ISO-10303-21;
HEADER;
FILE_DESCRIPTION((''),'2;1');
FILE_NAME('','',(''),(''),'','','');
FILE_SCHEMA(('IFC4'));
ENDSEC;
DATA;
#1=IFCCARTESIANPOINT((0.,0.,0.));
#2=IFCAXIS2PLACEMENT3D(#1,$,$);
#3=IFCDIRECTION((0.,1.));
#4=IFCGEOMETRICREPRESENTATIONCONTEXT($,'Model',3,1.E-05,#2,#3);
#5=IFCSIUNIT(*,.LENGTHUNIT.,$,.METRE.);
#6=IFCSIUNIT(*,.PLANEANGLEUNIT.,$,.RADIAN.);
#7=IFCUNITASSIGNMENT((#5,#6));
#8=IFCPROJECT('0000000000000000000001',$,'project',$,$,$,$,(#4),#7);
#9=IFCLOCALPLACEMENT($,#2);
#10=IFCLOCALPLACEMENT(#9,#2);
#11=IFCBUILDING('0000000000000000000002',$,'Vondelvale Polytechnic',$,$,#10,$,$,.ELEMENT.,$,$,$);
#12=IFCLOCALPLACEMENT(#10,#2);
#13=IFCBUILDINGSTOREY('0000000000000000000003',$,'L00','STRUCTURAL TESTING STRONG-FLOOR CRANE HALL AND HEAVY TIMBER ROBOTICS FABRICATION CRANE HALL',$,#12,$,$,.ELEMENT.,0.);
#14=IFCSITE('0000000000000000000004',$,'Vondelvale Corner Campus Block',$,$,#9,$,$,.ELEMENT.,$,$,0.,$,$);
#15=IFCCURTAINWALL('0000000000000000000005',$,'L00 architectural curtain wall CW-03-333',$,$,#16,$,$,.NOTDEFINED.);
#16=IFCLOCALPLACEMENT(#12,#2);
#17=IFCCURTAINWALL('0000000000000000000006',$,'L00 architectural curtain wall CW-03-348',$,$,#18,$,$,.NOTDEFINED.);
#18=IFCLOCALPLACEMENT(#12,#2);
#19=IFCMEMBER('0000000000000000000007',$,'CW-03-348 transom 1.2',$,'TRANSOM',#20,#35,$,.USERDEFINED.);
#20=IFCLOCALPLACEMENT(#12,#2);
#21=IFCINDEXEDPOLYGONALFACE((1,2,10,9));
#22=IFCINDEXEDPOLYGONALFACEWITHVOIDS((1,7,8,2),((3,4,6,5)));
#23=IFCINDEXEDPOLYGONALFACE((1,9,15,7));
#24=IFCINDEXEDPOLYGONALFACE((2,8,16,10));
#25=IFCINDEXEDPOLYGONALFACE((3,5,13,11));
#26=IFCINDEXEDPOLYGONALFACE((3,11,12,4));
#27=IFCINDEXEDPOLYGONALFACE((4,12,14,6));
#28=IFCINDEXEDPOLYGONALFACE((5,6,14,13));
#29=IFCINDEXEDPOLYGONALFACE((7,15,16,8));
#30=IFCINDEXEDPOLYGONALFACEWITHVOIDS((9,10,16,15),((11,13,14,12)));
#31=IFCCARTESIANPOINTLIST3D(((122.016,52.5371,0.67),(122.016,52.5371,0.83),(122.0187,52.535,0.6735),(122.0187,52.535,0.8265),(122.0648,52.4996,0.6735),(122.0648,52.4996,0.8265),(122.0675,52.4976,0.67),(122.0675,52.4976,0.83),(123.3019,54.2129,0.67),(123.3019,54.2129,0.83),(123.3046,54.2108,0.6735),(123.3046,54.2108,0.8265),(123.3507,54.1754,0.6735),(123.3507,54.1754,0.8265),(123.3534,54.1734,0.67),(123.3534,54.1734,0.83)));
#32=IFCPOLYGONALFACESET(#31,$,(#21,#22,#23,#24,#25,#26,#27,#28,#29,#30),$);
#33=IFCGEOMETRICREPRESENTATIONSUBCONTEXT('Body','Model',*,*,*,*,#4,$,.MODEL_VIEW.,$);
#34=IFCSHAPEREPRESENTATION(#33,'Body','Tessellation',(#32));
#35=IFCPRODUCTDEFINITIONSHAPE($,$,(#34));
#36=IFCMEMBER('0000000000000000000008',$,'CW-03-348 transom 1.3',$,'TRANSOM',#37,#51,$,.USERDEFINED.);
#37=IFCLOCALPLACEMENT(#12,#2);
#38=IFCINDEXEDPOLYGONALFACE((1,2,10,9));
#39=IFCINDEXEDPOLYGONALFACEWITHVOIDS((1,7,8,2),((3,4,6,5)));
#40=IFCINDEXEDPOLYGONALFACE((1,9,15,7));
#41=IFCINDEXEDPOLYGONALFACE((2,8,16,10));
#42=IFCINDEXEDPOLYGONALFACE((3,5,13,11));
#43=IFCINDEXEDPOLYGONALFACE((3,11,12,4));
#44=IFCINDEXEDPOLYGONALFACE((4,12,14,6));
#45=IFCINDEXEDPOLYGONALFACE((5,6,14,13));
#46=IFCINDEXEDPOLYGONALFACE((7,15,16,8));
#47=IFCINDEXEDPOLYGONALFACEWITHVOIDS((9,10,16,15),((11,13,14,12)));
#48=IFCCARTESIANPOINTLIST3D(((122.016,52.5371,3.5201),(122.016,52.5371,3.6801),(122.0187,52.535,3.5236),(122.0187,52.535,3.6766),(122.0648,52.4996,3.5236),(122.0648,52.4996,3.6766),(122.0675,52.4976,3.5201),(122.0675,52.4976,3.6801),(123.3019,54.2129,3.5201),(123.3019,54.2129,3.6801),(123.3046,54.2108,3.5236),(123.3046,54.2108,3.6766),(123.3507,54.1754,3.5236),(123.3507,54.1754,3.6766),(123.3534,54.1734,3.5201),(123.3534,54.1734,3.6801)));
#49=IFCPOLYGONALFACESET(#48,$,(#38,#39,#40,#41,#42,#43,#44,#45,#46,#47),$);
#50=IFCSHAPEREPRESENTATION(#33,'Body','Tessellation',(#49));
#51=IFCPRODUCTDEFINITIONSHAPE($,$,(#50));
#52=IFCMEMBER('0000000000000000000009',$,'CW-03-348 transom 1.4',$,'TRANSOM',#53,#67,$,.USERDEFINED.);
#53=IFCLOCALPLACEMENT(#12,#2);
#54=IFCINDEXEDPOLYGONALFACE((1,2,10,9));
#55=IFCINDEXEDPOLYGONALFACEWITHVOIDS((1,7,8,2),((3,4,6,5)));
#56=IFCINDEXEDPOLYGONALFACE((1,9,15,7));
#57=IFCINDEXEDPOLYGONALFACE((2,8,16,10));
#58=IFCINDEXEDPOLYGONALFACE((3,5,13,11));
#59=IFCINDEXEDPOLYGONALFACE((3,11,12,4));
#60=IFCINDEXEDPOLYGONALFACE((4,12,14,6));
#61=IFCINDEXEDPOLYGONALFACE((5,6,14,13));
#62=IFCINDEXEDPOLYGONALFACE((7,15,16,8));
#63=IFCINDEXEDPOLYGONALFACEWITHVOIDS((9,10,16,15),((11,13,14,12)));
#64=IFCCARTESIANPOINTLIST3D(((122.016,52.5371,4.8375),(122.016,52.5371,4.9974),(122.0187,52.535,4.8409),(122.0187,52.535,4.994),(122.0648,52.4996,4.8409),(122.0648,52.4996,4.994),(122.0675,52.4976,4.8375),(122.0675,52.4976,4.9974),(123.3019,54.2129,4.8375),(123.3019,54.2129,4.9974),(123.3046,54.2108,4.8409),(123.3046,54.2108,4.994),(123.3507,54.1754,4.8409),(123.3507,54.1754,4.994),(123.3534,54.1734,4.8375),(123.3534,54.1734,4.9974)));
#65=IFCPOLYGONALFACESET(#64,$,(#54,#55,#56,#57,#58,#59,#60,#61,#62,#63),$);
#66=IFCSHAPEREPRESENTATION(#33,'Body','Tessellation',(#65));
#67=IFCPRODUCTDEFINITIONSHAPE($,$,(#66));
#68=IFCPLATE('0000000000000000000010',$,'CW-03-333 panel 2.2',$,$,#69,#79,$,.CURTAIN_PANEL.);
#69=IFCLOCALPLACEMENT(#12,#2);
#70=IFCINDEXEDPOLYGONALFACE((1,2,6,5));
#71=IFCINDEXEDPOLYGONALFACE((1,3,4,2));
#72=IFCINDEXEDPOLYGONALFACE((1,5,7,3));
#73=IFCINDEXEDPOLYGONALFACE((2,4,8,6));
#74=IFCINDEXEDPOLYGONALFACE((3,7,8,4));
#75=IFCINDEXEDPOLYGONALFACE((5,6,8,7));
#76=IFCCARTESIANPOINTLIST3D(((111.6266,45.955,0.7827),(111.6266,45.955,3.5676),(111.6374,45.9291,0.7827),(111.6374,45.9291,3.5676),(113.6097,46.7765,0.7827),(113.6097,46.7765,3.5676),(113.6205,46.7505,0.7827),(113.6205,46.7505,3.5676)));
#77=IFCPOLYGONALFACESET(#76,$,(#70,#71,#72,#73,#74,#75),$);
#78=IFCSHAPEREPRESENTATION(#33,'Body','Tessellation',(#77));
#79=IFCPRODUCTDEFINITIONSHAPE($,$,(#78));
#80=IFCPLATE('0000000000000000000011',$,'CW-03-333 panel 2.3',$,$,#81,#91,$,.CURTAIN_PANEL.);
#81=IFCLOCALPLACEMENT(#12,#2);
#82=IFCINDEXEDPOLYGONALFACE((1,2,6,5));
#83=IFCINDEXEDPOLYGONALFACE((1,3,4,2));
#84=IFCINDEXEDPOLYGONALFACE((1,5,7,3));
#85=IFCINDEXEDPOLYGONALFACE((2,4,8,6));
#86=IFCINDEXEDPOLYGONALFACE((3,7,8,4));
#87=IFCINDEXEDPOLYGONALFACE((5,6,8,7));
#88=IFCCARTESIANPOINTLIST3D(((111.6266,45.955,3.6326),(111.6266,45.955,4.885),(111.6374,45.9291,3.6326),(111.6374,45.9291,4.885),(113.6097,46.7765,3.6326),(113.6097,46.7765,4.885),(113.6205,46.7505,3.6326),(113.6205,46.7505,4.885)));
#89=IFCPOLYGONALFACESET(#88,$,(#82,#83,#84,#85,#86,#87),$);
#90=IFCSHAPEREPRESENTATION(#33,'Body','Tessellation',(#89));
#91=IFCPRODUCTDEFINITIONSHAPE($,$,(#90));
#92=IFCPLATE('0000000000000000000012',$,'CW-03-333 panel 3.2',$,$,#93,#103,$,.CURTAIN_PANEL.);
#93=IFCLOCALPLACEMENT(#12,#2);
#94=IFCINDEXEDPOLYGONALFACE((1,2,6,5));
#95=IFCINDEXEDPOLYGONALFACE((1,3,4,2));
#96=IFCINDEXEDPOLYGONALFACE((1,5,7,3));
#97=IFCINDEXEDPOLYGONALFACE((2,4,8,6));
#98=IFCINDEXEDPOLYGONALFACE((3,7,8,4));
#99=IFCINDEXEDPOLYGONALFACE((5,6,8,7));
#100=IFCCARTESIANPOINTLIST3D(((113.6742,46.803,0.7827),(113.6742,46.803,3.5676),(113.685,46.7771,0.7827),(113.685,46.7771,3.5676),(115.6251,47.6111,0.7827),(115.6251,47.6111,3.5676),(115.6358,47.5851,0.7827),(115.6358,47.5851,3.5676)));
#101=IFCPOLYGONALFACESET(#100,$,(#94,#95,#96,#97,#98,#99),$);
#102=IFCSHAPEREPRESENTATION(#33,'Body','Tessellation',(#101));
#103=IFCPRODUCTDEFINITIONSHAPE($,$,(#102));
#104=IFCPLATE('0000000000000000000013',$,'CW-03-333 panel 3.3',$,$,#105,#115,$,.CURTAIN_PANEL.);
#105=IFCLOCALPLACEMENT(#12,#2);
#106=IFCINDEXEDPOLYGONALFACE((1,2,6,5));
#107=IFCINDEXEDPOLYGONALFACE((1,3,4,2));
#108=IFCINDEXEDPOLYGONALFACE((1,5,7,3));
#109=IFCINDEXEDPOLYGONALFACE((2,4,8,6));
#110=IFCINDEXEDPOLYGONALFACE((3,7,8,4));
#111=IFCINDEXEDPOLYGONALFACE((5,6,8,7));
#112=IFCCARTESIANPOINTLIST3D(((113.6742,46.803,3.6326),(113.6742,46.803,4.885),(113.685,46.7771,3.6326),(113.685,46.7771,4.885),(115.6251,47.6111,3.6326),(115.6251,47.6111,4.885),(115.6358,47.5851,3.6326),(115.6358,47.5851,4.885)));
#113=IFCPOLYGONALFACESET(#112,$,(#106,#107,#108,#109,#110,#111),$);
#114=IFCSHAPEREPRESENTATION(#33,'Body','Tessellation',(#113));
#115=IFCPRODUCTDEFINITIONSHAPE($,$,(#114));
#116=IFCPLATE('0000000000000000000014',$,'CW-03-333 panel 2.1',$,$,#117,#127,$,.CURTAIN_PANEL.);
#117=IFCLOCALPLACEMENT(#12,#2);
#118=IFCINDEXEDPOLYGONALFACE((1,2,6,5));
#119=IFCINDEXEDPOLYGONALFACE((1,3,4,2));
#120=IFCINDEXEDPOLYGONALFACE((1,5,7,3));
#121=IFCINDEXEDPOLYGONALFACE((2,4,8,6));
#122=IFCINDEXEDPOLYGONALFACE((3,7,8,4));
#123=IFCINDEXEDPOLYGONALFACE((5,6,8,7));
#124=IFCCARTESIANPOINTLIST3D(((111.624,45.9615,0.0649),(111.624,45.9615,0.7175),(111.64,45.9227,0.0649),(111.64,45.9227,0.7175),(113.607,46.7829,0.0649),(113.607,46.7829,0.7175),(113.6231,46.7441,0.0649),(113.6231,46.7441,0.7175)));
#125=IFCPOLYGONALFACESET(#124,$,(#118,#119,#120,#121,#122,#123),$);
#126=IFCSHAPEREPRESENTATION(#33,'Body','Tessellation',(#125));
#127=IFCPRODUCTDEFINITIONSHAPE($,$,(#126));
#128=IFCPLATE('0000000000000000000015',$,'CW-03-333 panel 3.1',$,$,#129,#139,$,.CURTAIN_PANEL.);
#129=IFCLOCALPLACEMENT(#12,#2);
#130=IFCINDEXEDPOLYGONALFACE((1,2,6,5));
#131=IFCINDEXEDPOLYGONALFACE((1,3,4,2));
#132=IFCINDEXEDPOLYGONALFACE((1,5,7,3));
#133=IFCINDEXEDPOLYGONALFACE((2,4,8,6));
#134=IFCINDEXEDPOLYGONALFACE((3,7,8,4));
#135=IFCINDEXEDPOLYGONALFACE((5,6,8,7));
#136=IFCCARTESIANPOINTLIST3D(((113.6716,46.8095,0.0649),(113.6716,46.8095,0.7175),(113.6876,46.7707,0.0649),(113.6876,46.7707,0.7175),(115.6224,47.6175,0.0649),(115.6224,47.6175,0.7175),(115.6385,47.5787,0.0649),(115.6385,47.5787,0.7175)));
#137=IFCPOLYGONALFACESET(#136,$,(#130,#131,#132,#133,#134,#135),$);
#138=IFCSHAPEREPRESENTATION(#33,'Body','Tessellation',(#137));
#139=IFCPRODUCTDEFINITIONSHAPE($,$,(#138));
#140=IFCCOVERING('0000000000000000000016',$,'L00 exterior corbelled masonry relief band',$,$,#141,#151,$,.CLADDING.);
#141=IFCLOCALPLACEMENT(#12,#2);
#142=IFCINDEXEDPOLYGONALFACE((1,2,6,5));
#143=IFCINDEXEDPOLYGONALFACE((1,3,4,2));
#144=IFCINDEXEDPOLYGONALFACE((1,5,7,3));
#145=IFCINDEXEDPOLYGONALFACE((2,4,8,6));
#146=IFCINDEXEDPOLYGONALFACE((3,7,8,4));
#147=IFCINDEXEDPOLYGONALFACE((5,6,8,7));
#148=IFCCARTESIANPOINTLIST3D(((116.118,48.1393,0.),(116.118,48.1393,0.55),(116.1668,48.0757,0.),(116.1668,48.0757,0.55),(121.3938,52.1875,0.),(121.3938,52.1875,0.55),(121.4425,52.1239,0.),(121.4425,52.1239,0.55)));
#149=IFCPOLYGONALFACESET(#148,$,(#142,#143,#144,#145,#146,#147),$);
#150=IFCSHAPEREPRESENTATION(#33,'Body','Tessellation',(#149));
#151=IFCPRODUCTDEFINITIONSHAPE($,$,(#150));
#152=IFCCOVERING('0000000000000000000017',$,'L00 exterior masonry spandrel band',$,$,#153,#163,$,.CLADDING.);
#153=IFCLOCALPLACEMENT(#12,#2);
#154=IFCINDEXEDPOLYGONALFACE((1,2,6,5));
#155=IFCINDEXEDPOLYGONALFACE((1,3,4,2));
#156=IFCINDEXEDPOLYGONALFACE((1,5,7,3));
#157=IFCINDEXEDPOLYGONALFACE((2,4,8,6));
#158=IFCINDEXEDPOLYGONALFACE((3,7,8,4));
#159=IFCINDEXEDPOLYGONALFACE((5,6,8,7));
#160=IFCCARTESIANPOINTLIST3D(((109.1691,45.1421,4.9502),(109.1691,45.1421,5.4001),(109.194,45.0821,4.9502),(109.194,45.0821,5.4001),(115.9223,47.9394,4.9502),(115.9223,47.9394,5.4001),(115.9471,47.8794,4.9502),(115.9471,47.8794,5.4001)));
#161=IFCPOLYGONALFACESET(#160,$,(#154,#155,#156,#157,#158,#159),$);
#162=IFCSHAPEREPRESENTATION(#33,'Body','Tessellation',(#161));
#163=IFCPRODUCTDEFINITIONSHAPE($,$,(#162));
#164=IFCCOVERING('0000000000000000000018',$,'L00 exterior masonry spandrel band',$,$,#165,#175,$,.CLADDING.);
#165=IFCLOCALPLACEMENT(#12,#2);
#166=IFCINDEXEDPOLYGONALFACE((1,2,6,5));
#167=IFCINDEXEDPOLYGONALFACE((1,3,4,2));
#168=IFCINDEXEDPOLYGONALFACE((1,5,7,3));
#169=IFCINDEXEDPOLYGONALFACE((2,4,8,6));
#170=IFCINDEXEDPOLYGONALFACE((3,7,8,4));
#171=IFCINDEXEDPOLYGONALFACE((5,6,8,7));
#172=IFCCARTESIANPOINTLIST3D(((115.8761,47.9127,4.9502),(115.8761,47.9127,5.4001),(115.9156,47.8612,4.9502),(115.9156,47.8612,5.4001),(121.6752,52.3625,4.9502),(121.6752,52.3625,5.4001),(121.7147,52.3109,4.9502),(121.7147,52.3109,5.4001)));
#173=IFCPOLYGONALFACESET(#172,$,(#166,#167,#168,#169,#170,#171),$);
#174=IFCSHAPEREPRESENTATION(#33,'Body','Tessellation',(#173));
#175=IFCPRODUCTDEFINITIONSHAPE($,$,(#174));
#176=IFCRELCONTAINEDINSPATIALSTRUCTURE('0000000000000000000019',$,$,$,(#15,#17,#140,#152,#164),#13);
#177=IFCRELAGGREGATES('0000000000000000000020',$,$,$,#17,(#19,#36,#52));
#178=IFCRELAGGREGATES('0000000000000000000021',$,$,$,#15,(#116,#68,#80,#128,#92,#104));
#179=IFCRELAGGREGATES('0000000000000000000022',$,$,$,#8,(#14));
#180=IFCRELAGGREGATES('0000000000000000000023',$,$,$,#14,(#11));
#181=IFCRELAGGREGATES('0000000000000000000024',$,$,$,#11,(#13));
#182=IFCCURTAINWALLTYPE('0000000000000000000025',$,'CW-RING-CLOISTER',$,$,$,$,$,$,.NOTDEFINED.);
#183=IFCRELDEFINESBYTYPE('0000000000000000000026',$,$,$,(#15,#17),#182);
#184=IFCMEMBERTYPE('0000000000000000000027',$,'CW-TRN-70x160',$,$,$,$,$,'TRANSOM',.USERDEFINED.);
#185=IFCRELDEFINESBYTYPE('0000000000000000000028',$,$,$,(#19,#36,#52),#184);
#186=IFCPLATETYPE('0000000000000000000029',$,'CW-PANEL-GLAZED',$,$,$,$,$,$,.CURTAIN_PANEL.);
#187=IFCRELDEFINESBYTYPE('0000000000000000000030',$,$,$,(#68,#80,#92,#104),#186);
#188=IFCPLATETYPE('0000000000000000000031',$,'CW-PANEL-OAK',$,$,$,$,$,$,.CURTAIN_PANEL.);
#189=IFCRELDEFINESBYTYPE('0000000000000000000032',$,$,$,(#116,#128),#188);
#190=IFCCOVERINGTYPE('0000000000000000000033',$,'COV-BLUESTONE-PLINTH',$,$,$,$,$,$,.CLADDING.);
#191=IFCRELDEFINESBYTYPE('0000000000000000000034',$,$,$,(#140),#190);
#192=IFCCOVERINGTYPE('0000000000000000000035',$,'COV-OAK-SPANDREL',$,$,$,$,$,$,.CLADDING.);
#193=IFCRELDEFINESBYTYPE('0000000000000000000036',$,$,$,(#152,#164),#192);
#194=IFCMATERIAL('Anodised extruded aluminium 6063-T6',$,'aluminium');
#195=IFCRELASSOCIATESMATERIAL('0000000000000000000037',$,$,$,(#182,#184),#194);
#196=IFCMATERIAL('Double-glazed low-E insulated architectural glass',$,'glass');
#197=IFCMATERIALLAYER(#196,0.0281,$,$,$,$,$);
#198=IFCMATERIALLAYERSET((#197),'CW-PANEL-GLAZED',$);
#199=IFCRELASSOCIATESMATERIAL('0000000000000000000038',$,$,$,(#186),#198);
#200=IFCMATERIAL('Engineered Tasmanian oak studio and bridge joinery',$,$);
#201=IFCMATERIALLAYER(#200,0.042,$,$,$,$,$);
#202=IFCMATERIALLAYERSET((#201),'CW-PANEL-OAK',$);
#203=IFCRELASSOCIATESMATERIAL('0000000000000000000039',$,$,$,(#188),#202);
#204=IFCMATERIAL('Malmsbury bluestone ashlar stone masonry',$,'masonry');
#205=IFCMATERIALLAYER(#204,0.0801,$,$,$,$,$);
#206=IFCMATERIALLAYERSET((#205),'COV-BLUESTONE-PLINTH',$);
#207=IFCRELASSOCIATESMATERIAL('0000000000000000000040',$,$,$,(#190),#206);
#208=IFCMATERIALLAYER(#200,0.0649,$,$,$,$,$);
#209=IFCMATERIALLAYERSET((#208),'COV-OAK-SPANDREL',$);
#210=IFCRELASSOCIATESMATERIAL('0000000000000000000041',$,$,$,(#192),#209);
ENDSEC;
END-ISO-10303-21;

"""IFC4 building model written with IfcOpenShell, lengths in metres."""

from ifc_helpers import new_model, si_unit, direction, frame, origin, origin_2d, place, context, subcontext, project, spatial, rectangle, hollow_rectangle, extrude, material, layer, layer_set, material_profile, profile_set, type_object, element, aggregate, save


model = new_model("IFC4")

# Units and contexts
model_context = context("Model", 3, precision=1e-05, world=origin(), true_north=direction((0.0, 1.0)))
body_context = subcontext(model_context, "Body", "Model", "MODEL_VIEW")
ifc_project = project(units=[si_unit("LENGTHUNIT", "METRE"), si_unit("PLANEANGLEUNIT", "RADIAN")], contexts=[model_context])

# Site, building, storey
site_placement = place(None, origin())
site = spatial("IfcSite", under=ifc_project, at=site_placement, Name="Vondelvale Corner Campus Block", CompositionType="ELEMENT", RefElevation=0.0)
building_placement = place(site_placement, origin())
building = spatial("IfcBuilding", under=site, at=building_placement, Name="Vondelvale Polytechnic", CompositionType="ELEMENT")
storey_placement = place(building_placement, origin())
storey = spatial("IfcBuildingStorey", under=building, at=storey_placement, Name="L00", Description="STRUCTURAL TESTING STRONG-FLOOR CRANE HALL AND HEAVY TIMBER ROBOTICS FABRICATION CRANE HALL", CompositionType="ELEMENT", Elevation=0.0)

# Curtain wall
ifc_material_1 = material(Name="Anodised extruded aluminium 6063-T6", Category="aluminium")
curtain_wall_type = type_object("IfcCurtainWallType", Name="CW-RING-CLOISTER", PredefinedType="NOTDEFINED", material=ifc_material_1)
curtain_wall_1_placement = place(storey_placement, origin())
curtain_wall_1 = element("IfcCurtainWall", 1, at=curtain_wall_1_placement, inside=storey, type_object=curtain_wall_type, Name="L00 architectural curtain wall CW-03-333", PredefinedType="NOTDEFINED")

# Curtain wall
curtain_wall_2_placement = place(storey_placement, origin())
curtain_wall_2 = element("IfcCurtainWall", 2, at=curtain_wall_2_placement, inside=storey, type_object=curtain_wall_type, Name="L00 architectural curtain wall CW-03-348", PredefinedType="NOTDEFINED")

# Members
ifc_material_profile_1 = material_profile(ifc_material_1, hollow_rectangle(XDim=0.0649, YDim=0.1599, WallThickness=0.0034, at=origin_2d()), Name="CW-TRN-160x65")
ifc_profile_set_1 = profile_set([ifc_material_profile_1], Name="Anodised extruded aluminium 6063-T6")
member_type_1 = type_object("IfcMemberType", Name="CW-TRN-70x160", ElementType="TRANSOM", PredefinedType="USERDEFINED", material=ifc_profile_set_1)
member_1_placement = place(storey_placement, frame((122.0417, 52.5173, 0.75), z_axis=(0.608766, 0.79335, 0.0), x_axis=(-0.79335, 0.608766, 0.0)))
member_1 = element("IfcMember", 3, at=member_1_placement, type_object=member_type_1, Name="CW-03-348 transom 1.2", ObjectType="TRANSOM", PredefinedType="USERDEFINED", context=body_context, shape_type="SweptSolid", body=[
    extrude(hollow_rectangle(XDim=0.0649, YDim=0.1599, WallThickness=0.0034, at=origin_2d()), origin(), (0.0, 0.0, 1.0), 2.1123),
])
member_2_placement = place(storey_placement, frame((122.0417, 52.5173, 3.6001), z_axis=(0.608766, 0.79335, 0.0), x_axis=(-0.79335, 0.608766, 0.0)))
member_2 = element("IfcMember", 4, at=member_2_placement, type_object=member_type_1, Name="CW-03-348 transom 1.3", ObjectType="TRANSOM", PredefinedType="USERDEFINED", context=body_context, shape_type="SweptSolid", body=[
    extrude(hollow_rectangle(XDim=0.0649, YDim=0.1599, WallThickness=0.0034, at=origin_2d()), origin(), (0.0, 0.0, 1.0), 2.1123),
])
member_3_placement = place(storey_placement, frame((122.0417, 52.5173, 4.9175), z_axis=(0.608766, 0.79335, 0.0), x_axis=(-0.79335, 0.608766, 0.0)))
member_3 = element("IfcMember", 5, at=member_3_placement, type_object=member_type_1, Name="CW-03-348 transom 1.4", ObjectType="TRANSOM", PredefinedType="USERDEFINED", context=body_context, shape_type="SweptSolid", body=[
    extrude(hollow_rectangle(XDim=0.0649, YDim=0.1599, WallThickness=0.0034, at=origin_2d()), origin(), (0.0, 0.0, 1.0), 2.1123),
])
aggregate(curtain_wall_2, [member_1, member_2, member_3])

# Plates
ifc_material_2 = material(Name="Double-glazed low-E insulated architectural glass", Category="glass")
ifc_layer_1 = layer(ifc_material_2, 0.0281)
ifc_layer_set_1 = layer_set([ifc_layer_1], Name="CW-PANEL-GLAZED")
plate_type_1 = type_object("IfcPlateType", Name="CW-PANEL-GLAZED", PredefinedType="CURTAIN_PANEL", material=ifc_layer_set_1)
plate_1_placement = place(storey_placement, frame((112.6235, 46.3528, 0.7827), z_axis=(0.0, 0.0, 1.0), x_axis=(0.923882, 0.382679, 0.0)))
plate_1 = element("IfcPlate", 6, at=plate_1_placement, type_object=plate_type_1, Name="CW-03-333 panel 2.2", PredefinedType="CURTAIN_PANEL", context=body_context, shape_type="SweptSolid", body=[
    extrude(rectangle(XDim=2.1465, YDim=0.0281, at=origin_2d()), origin(), (0.0, 0.0, 1.0), 2.7849),
])
plate_2_placement = place(storey_placement, frame((112.6235, 46.3528, 3.6326), z_axis=(0.0, 0.0, 1.0), x_axis=(0.923882, 0.382679, 0.0)))
plate_2 = element("IfcPlate", 7, at=plate_2_placement, type_object=plate_type_1, Name="CW-03-333 panel 2.3", PredefinedType="CURTAIN_PANEL", context=body_context, shape_type="SweptSolid", body=[
    extrude(rectangle(XDim=2.1465, YDim=0.0281, at=origin_2d()), origin(), (0.0, 0.0, 1.0), 1.2524),
])
plate_3_placement = place(storey_placement, frame((114.655, 47.1941, 0.7827), z_axis=(0.0, 0.0, 1.0), x_axis=(0.923882, 0.382679, 0.0)))
plate_3 = element("IfcPlate", 8, at=plate_3_placement, type_object=plate_type_1, Name="CW-03-333 panel 3.2", PredefinedType="CURTAIN_PANEL", context=body_context, shape_type="SweptSolid", body=[
    extrude(rectangle(XDim=2.1116, YDim=0.0281, at=origin_2d()), origin(), (0.0, 0.0, 1.0), 2.7849),
])
plate_4_placement = place(storey_placement, frame((114.655, 47.1941, 3.6326), z_axis=(0.0, 0.0, 1.0), x_axis=(0.923882, 0.382679, 0.0)))
plate_4 = element("IfcPlate", 9, at=plate_4_placement, type_object=plate_type_1, Name="CW-03-333 panel 3.3", PredefinedType="CURTAIN_PANEL", context=body_context, shape_type="SweptSolid", body=[
    extrude(rectangle(XDim=2.1116, YDim=0.0281, at=origin_2d()), origin(), (0.0, 0.0, 1.0), 1.2524),
])
ifc_material_3 = material(Name="Engineered Tasmanian oak studio and bridge joinery")
ifc_layer_2 = layer(ifc_material_3, 0.042)
ifc_layer_set_2 = layer_set([ifc_layer_2], Name="CW-PANEL-OAK")
plate_type_2 = type_object("IfcPlateType", Name="CW-PANEL-OAK", PredefinedType="CURTAIN_PANEL", material=ifc_layer_set_2)
plate_5_placement = place(storey_placement, frame((112.6235, 46.3528, 0.0649), z_axis=(0.0, 0.0, 1.0), x_axis=(0.923882, 0.382679, 0.0)))
plate_5 = element("IfcPlate", 10, at=plate_5_placement, type_object=plate_type_2, Name="CW-03-333 panel 2.1", PredefinedType="CURTAIN_PANEL", context=body_context, shape_type="SweptSolid", body=[
    extrude(rectangle(XDim=2.1465, YDim=0.042, at=origin_2d()), origin(), (0.0, 0.0, 1.0), 0.6526),
])
plate_6_placement = place(storey_placement, frame((114.655, 47.1941, 0.0649), z_axis=(0.0, 0.0, 1.0), x_axis=(0.923882, 0.382679, 0.0)))
plate_6 = element("IfcPlate", 11, at=plate_6_placement, type_object=plate_type_2, Name="CW-03-333 panel 3.1", PredefinedType="CURTAIN_PANEL", context=body_context, shape_type="SweptSolid", body=[
    extrude(rectangle(XDim=2.1116, YDim=0.042, at=origin_2d()), origin(), (0.0, 0.0, 1.0), 0.6526),
])
aggregate(curtain_wall_1, [plate_5, plate_1, plate_2, plate_6, plate_3, plate_4])

# Coverings
ifc_material_4 = material(Name="Malmsbury bluestone ashlar stone masonry", Category="masonry")
ifc_layer_3 = layer(ifc_material_4, 0.0801)
ifc_layer_set_3 = layer_set([ifc_layer_3], Name="COV-BLUESTONE-PLINTH")
covering_type_1 = type_object("IfcCoveringType", Name="COV-BLUESTONE-PLINTH", PredefinedType="CLADDING", material=ifc_layer_set_3)
covering_placement = place(storey_placement, frame((118.7803, 50.1316, 0.0), z_axis=(0.0, 0.0, 1.0), x_axis=(0.793353, 0.608761, 0.0)))
element("IfcCovering", 12, at=covering_placement, inside=storey, type_object=covering_type_1, Name="L00 exterior corbelled masonry relief band", PredefinedType="CLADDING", context=body_context, shape_type="SweptSolid", body=[
    extrude(rectangle(XDim=6.6499, YDim=0.0801, at=origin_2d()), origin(), (0.0, 0.0, 1.0), 0.55),
])
ifc_layer_4 = layer(ifc_material_3, 0.0649)
ifc_layer_set_4 = layer_set([ifc_layer_4], Name="COV-OAK-SPANDREL")
covering_type_2 = type_object("IfcCoveringType", Name="COV-OAK-SPANDREL", PredefinedType="CLADDING", material=ifc_layer_set_4)
for number, where, z_axis, x_axis, name in (
    (13, (112.5581, 46.5107, 4.9502), (0.0, 0.0, 1.0), (0.92388, 0.382683, 0.0), "L00 exterior masonry spandrel band"),
    (14, (118.7954, 50.1118, 4.9502), (0.0, 0.0, 1.0), (0.793353, 0.608761, 0.0), "L00 exterior masonry spandrel band"),
):
    element("IfcCovering", number, at=place(storey_placement, frame(where, z_axis=z_axis, x_axis=x_axis)), inside=storey, type_object=covering_type_2, Name=name, PredefinedType="CLADDING", context=body_context, shape_type="SweptSolid", body=[
        extrude(rectangle(XDim=7.3096, YDim=0.0649, at=origin_2d()), origin(), (0.0, 0.0, 1.0), 0.45),
    ])

save(model, "model.ifc")
